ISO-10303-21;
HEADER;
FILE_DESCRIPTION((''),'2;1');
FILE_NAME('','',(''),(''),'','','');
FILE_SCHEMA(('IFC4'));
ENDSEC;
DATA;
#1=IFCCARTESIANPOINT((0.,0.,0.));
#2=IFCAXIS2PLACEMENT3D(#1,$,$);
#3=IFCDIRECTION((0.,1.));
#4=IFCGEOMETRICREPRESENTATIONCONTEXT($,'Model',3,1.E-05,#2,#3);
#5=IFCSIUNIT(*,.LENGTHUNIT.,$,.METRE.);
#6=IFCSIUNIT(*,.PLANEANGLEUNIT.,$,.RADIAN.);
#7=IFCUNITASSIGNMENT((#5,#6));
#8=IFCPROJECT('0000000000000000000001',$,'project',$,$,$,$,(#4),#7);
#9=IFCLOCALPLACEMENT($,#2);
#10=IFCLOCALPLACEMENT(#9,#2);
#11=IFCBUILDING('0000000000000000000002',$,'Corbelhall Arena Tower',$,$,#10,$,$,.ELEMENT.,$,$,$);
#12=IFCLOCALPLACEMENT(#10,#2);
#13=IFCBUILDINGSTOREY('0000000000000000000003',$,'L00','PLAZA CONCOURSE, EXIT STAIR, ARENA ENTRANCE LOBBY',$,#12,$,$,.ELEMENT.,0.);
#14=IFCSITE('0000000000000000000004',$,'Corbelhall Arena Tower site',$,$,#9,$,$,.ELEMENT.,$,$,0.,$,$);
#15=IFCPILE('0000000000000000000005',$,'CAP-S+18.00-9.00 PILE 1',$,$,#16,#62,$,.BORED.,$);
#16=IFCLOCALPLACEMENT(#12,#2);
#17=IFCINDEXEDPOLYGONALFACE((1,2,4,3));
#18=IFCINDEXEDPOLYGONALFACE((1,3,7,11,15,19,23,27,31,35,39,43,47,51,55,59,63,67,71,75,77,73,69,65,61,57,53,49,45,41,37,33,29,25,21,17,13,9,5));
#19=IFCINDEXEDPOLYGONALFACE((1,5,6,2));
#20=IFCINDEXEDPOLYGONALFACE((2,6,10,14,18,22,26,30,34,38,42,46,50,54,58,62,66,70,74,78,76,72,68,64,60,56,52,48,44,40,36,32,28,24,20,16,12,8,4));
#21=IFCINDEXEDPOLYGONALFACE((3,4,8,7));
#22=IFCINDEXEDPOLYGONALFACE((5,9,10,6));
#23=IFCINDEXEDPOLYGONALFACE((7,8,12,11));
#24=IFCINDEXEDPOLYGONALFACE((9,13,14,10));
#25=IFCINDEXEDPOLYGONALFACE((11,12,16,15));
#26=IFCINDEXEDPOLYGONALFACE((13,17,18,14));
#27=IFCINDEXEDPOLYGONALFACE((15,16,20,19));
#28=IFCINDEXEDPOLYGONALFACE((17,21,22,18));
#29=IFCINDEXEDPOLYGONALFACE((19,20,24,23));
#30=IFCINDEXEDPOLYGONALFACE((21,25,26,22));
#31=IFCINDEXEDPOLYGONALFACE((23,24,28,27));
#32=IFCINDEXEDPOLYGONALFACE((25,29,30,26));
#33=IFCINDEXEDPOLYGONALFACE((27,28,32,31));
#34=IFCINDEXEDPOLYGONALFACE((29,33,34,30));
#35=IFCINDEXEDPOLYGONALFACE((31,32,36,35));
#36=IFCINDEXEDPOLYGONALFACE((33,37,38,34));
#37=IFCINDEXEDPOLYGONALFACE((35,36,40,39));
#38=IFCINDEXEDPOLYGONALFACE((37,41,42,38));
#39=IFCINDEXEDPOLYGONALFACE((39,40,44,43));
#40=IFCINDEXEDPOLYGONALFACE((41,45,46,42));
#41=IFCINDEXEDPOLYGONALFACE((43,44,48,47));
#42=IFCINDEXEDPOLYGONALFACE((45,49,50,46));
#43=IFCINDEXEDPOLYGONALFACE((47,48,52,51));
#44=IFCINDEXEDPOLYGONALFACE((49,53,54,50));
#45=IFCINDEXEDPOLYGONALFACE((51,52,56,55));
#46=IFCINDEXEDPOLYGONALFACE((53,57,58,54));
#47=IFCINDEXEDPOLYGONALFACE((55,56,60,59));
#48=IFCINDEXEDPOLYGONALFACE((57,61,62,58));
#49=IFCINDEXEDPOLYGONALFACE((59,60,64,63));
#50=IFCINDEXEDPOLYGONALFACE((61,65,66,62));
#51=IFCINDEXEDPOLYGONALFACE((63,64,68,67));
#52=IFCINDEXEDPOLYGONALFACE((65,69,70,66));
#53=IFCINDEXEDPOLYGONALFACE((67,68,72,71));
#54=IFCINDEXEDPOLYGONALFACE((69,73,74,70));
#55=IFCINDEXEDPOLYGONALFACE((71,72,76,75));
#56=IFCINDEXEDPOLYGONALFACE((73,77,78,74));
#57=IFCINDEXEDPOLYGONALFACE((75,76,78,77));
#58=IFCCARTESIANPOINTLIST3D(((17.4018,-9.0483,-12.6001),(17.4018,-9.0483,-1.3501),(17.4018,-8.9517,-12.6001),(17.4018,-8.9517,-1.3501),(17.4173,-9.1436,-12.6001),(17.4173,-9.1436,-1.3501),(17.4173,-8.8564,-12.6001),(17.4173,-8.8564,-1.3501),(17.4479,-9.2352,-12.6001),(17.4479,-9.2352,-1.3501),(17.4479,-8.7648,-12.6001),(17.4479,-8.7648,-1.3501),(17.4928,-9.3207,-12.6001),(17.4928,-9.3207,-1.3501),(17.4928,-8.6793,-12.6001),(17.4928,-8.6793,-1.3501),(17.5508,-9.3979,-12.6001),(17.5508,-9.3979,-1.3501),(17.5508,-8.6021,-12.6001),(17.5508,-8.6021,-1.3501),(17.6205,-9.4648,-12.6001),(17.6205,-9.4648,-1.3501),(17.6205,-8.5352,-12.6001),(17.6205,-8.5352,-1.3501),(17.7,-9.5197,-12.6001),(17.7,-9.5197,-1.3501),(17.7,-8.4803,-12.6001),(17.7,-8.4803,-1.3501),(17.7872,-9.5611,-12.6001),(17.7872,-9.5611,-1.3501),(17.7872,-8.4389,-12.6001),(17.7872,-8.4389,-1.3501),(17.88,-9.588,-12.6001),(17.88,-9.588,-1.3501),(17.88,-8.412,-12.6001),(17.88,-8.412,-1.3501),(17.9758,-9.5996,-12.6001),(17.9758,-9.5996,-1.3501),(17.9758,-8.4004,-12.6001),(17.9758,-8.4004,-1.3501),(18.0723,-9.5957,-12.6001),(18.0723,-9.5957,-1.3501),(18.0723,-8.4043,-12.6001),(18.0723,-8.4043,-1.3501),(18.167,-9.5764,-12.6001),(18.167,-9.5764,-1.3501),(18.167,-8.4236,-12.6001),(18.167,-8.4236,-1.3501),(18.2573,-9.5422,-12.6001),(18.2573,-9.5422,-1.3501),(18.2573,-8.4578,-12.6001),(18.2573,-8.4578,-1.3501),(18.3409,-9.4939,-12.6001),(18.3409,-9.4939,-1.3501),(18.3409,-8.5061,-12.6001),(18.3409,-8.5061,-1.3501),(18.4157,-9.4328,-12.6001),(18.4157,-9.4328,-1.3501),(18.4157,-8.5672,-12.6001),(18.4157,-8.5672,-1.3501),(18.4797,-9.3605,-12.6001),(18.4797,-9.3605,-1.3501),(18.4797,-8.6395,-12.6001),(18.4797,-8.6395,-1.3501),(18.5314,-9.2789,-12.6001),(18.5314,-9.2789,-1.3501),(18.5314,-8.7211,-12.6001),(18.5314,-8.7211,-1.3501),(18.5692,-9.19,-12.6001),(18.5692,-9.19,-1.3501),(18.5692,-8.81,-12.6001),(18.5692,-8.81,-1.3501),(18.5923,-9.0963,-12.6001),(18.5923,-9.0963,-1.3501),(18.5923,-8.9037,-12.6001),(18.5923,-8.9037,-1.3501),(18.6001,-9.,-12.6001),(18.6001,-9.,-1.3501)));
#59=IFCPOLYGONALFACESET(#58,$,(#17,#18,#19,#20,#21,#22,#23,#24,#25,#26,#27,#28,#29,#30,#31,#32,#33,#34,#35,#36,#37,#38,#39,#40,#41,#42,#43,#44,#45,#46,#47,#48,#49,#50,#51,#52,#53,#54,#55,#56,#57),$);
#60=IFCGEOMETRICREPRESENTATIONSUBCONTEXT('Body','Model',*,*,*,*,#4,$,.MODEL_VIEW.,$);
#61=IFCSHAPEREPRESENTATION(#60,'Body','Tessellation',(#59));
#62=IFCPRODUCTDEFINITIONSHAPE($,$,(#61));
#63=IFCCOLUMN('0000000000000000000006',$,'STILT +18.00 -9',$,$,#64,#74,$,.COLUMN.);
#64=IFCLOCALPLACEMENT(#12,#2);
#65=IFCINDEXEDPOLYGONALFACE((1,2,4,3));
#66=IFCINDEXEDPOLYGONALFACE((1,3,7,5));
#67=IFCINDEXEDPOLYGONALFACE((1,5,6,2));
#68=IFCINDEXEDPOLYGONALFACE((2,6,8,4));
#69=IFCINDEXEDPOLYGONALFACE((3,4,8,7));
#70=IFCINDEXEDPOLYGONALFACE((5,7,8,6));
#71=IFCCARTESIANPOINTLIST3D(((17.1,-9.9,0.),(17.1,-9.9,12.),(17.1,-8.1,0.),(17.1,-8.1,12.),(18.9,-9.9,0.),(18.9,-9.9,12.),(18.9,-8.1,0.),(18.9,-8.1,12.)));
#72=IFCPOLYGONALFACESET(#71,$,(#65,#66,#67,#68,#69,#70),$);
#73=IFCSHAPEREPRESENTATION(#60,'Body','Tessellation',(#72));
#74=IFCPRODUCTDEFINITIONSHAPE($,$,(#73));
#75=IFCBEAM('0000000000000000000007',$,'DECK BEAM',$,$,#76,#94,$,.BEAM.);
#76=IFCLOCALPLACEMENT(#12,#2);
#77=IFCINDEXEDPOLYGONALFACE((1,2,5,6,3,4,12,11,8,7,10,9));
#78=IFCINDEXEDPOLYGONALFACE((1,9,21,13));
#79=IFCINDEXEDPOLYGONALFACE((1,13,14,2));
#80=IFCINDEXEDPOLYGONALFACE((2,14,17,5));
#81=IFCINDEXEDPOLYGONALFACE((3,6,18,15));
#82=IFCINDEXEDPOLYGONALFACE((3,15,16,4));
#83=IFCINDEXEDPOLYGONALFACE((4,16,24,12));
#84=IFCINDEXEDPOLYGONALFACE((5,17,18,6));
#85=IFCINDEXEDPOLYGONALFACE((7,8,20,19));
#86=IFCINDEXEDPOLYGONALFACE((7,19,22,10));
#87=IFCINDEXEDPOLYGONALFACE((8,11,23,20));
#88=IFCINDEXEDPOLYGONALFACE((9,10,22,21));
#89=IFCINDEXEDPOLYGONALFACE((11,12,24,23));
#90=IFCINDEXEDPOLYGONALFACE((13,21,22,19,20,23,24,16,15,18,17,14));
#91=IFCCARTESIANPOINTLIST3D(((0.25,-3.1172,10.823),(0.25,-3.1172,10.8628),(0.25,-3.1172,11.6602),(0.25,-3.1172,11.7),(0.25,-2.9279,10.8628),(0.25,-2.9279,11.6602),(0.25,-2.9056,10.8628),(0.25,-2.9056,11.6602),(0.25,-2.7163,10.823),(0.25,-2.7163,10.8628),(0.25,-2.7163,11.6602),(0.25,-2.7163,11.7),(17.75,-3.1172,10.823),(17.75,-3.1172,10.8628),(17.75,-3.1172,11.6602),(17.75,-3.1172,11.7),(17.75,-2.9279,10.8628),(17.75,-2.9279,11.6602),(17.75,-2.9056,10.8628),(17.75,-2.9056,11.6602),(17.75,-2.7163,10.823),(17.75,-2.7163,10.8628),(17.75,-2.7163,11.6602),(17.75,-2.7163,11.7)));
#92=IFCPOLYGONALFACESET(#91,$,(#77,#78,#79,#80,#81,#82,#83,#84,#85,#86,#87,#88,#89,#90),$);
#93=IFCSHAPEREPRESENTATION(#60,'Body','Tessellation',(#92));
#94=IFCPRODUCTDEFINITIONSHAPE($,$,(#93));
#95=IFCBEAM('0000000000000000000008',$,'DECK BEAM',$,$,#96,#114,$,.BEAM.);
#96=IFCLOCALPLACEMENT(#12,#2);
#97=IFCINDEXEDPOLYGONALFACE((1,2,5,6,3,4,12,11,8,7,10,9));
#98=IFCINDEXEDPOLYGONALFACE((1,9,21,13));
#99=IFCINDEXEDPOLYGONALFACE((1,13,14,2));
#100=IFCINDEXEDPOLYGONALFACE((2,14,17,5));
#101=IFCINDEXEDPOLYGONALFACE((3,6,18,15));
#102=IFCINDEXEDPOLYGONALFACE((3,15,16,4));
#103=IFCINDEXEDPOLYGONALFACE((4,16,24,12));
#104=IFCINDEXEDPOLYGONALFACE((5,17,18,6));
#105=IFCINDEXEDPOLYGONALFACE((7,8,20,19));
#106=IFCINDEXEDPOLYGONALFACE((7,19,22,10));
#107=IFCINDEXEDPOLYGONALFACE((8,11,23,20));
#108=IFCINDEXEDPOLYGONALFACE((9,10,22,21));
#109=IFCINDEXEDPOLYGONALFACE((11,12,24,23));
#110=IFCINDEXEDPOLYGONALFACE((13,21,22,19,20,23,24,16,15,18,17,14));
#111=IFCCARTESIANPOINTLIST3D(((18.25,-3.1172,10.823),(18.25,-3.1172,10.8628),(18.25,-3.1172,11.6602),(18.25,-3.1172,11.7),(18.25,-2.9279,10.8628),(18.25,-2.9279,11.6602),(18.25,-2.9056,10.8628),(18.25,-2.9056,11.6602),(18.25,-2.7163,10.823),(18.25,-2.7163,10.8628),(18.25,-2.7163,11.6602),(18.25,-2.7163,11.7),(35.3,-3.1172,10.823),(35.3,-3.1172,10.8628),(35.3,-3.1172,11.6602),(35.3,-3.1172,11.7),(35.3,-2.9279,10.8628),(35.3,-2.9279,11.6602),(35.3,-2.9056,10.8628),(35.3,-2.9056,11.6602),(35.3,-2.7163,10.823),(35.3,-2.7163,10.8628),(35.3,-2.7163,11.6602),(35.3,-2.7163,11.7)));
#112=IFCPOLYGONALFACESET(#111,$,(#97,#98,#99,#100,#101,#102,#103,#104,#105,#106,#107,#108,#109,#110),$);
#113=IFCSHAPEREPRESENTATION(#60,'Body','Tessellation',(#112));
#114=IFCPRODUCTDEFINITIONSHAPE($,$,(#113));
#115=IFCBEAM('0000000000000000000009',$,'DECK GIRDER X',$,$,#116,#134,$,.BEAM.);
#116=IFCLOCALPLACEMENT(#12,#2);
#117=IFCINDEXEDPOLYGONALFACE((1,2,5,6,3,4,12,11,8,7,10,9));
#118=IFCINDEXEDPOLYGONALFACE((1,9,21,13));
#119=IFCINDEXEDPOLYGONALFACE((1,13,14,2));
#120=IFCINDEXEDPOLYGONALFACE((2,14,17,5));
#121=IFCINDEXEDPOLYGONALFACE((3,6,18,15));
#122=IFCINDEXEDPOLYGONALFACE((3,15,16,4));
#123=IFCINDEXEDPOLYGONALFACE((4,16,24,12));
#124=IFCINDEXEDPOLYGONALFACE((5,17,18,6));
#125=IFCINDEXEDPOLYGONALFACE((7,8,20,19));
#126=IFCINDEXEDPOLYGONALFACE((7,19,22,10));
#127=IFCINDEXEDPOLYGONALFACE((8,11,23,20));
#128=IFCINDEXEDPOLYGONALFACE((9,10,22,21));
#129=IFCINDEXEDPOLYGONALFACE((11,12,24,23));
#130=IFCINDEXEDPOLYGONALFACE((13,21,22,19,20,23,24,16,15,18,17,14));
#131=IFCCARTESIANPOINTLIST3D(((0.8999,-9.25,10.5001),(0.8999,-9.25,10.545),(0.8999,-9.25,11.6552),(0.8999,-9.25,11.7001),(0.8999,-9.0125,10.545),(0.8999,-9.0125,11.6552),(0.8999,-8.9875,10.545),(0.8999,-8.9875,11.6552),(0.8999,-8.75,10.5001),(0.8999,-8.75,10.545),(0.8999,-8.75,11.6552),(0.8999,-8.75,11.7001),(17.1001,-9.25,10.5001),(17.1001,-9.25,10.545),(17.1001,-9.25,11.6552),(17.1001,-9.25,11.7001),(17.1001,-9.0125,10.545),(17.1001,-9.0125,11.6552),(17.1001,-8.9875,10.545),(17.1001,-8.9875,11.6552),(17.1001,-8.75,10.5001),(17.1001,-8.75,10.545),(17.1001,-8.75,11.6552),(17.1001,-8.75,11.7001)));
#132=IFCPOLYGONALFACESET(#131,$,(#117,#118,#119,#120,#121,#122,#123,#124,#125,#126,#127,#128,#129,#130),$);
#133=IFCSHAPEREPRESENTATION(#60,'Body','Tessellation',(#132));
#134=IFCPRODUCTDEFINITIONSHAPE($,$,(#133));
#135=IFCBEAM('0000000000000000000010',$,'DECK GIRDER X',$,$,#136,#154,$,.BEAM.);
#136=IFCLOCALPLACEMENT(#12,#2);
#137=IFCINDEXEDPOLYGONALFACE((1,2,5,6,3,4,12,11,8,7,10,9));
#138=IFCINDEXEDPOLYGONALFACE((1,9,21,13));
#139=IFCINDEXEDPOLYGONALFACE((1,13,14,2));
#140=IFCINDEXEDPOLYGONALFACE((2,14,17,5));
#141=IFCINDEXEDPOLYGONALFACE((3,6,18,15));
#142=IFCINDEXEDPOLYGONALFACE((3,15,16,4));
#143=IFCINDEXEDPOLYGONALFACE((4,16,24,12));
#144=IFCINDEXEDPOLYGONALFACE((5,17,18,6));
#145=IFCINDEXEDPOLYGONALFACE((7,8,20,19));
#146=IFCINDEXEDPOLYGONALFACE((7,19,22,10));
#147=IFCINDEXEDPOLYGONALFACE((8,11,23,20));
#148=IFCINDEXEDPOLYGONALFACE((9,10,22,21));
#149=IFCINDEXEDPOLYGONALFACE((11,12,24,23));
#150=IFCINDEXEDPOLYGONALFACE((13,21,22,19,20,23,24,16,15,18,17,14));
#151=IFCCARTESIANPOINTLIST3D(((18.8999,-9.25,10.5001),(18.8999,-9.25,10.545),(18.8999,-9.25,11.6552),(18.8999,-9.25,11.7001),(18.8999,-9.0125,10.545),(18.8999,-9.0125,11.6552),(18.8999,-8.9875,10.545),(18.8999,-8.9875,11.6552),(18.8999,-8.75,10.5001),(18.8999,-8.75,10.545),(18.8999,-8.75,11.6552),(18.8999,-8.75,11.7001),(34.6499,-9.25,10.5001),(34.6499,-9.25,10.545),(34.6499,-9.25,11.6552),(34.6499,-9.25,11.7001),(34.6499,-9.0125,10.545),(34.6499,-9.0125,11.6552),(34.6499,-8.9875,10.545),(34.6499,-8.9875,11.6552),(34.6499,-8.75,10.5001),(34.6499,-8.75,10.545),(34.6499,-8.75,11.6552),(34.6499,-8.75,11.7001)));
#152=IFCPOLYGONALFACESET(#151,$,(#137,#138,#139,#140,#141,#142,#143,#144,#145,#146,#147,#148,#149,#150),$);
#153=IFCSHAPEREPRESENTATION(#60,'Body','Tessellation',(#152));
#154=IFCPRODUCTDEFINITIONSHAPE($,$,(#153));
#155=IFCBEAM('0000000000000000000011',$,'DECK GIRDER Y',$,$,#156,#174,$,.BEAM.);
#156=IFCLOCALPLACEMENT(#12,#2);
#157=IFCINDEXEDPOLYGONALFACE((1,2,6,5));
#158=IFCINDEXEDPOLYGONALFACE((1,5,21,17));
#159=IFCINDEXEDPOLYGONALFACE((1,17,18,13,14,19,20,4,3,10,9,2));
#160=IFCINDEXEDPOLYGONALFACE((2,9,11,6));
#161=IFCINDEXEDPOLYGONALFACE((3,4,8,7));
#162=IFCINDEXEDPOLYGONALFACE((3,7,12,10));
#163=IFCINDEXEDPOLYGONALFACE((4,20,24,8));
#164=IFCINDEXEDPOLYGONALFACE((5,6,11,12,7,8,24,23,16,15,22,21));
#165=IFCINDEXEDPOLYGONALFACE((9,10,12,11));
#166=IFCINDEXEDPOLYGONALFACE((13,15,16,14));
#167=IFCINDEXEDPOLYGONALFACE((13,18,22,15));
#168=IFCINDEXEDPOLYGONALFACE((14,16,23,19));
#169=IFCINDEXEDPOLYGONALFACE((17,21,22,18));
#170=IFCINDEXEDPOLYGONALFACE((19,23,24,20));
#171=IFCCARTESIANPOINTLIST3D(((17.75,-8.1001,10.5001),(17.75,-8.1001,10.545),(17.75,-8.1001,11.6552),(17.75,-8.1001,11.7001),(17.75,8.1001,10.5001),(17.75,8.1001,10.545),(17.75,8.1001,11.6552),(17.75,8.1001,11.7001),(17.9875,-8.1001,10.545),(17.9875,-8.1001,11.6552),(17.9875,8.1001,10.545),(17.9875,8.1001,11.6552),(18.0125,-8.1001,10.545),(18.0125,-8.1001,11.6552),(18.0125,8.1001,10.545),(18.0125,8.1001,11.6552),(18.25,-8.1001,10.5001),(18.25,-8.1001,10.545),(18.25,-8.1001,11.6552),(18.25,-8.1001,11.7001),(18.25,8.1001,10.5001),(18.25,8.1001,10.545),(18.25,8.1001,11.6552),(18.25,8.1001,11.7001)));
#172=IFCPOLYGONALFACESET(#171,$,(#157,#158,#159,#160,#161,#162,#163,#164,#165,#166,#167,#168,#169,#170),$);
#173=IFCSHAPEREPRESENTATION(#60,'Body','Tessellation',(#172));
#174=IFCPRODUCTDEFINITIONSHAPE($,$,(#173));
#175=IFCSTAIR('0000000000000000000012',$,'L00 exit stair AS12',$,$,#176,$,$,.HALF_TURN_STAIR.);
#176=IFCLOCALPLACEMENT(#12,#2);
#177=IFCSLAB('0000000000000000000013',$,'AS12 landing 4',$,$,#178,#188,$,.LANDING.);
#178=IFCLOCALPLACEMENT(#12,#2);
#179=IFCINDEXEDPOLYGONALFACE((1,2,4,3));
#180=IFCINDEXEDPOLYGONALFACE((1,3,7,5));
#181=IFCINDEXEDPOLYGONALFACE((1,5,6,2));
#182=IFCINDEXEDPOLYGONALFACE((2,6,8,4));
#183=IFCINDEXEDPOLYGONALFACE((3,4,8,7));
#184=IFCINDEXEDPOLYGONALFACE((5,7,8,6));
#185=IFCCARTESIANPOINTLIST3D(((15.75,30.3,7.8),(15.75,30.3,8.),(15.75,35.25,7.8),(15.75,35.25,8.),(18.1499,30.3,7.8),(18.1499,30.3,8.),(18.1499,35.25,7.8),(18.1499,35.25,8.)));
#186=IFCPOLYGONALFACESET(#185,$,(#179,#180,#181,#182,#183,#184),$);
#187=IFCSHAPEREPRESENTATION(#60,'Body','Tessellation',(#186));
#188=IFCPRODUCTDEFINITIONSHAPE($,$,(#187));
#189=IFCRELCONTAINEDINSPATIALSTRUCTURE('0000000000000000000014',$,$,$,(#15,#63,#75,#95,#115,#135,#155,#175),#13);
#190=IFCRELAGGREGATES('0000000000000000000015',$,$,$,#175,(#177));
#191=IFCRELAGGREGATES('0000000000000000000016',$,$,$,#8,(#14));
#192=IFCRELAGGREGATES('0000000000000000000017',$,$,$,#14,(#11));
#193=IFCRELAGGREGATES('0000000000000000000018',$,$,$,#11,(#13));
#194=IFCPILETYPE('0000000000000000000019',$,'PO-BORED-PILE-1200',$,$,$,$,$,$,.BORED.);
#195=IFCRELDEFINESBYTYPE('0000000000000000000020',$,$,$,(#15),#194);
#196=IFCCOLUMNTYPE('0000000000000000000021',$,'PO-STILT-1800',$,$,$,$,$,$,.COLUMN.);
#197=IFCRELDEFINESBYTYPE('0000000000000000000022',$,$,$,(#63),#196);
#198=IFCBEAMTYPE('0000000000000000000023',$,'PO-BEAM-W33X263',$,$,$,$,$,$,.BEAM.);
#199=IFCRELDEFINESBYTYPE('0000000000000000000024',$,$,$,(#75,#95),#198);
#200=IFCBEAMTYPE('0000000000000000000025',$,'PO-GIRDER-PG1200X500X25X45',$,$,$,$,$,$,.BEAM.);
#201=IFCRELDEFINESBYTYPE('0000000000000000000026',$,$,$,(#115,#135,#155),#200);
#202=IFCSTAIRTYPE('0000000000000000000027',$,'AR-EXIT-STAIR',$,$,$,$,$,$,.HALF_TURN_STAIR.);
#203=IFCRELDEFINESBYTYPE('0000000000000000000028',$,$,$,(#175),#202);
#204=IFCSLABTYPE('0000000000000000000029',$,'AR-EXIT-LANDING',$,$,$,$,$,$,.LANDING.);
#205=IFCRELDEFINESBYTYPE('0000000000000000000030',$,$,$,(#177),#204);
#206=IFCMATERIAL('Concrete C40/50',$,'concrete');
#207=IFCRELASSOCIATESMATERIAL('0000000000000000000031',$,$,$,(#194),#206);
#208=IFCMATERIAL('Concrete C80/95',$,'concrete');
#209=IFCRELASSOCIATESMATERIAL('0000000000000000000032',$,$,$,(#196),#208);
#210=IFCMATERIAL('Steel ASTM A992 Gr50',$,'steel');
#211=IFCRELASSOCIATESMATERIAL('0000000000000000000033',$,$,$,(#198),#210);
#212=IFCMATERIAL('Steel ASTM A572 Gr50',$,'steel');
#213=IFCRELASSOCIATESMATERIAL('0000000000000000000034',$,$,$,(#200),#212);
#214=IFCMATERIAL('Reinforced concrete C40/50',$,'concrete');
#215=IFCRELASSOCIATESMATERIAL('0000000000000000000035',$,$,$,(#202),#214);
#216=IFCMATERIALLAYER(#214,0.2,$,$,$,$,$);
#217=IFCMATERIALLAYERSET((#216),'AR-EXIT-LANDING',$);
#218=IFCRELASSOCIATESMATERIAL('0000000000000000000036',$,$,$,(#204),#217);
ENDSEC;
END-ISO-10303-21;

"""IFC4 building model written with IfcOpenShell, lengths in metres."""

from ifc_helpers import new_model, si_unit, direction, frame, origin, origin_2d, place, context, subcontext, project, spatial, polyline, rectangle, circle, i_section, outline, extrude, material, layer, layer_set, material_profile, profile_set, type_object, element, aggregate, save


model = new_model("IFC4")

# Units and contexts
model_context = context("Model", 3, precision=1e-05, world=origin(), true_north=direction((0.0, 1.0)))
body_context = subcontext(model_context, "Body", "Model", "MODEL_VIEW")
ifc_project = project(units=[si_unit("LENGTHUNIT", "METRE"), si_unit("PLANEANGLEUNIT", "RADIAN")], contexts=[model_context])

# Site, building, storey
site_placement = place(None, origin())
site = spatial("IfcSite", under=ifc_project, at=site_placement, Name="Corbelhall Arena Tower site", CompositionType="ELEMENT", RefElevation=0.0)
building_placement = place(site_placement, origin())
building = spatial("IfcBuilding", under=site, at=building_placement, Name="Corbelhall Arena Tower", CompositionType="ELEMENT")
storey_placement = place(building_placement, origin())
storey = spatial("IfcBuildingStorey", under=building, at=storey_placement, Name="L00", Description="PLAZA CONCOURSE, EXIT STAIR, ARENA ENTRANCE LOBBY", CompositionType="ELEMENT", Elevation=0.0)

# Pile
ifc_material_1 = material(Name="Concrete C40/50", Category="concrete")
ifc_material_profile_1 = material_profile(ifc_material_1, circle(Radius=0.6001, at=origin_2d()))
ifc_profile_set_1 = profile_set([ifc_material_profile_1], Name="Concrete C40/50")
pile_type = type_object("IfcPileType", Name="PO-BORED-PILE-1200", PredefinedType="BORED", material=ifc_profile_set_1)
pile_placement = place(storey_placement, frame((18.0, -9.0, -1.3501), z_axis=(0.0, 0.0, -1.0), x_axis=(1.0, 0.0, 0.0)))
element("IfcPile", 1, at=pile_placement, inside=storey, type_object=pile_type, Name="CAP-S+18.00-9.00 PILE 1", PredefinedType="BORED", context=body_context, shape_type="SweptSolid", body=[
    extrude(circle(Radius=0.6001, at=origin_2d()), origin(), (0.0, 0.0, 1.0), 11.25),
])

# Column
ifc_material_2 = material(Name="Concrete C80/95", Category="concrete")
ifc_material_profile_2 = material_profile(ifc_material_2, rectangle(XDim=1.8, YDim=1.8, at=origin_2d()))
ifc_profile_set_2 = profile_set([ifc_material_profile_2], Name="Concrete C80/95")
column_type = type_object("IfcColumnType", Name="PO-STILT-1800", PredefinedType="COLUMN", material=ifc_profile_set_2)
column_placement = place(storey_placement, frame((18.0, -9.0, 0.0), z_axis=(0.0, 0.0, 1.0), x_axis=(1.0, 0.0, 0.0)))
element("IfcColumn", 2, at=column_placement, inside=storey, type_object=column_type, Name="STILT +18.00 -9", PredefinedType="COLUMN", context=body_context, shape_type="SweptSolid", body=[
    extrude(rectangle(XDim=1.8, YDim=1.8, at=origin_2d()), origin(), (0.0, 0.0, 1.0), 12.0),
])

# Beams
ifc_material_3 = material(Name="Steel ASTM A992 Gr50", Category="steel")
ifc_material_profile_3 = material_profile(ifc_material_3, i_section(OverallWidth=0.4009, OverallDepth=0.877, WebThickness=0.0222, FlangeThickness=0.0398, at=origin_2d()))
ifc_profile_set_3 = profile_set([ifc_material_profile_3], Name="Steel ASTM A992 Gr50")
beam_type_1 = type_object("IfcBeamType", Name="PO-BEAM-W33X263", PredefinedType="BEAM", material=ifc_profile_set_3)
beam_1_placement = place(storey_placement, frame((0.25, -2.9167, 11.2615), z_axis=(1.0, 0.0, 0.0), x_axis=(0.0, 1.0, 0.0)))
element("IfcBeam", 3, at=beam_1_placement, inside=storey, type_object=beam_type_1, Name="DECK BEAM", PredefinedType="BEAM", context=body_context, shape_type="SweptSolid", body=[
    extrude(i_section(OverallWidth=0.4009, OverallDepth=0.877, WebThickness=0.0222, FlangeThickness=0.0398, at=origin_2d()), origin(), (0.0, 0.0, 1.0), 17.5),
])
beam_2_placement = place(storey_placement, frame((18.25, -2.9167, 11.2615), z_axis=(1.0, 0.0, 0.0), x_axis=(0.0, 1.0, 0.0)))
element("IfcBeam", 4, at=beam_2_placement, inside=storey, type_object=beam_type_1, Name="DECK BEAM", PredefinedType="BEAM", context=body_context, shape_type="SweptSolid", body=[
    extrude(i_section(OverallWidth=0.4009, OverallDepth=0.877, WebThickness=0.0222, FlangeThickness=0.0398, at=origin_2d()), origin(), (0.0, 0.0, 1.0), 17.05),
])
ifc_material_4 = material(Name="Steel ASTM A572 Gr50", Category="steel")
ifc_material_profile_4 = material_profile(ifc_material_4, i_section(OverallWidth=0.5, OverallDepth=1.2, WebThickness=0.0249, FlangeThickness=0.0449, at=origin_2d()))
ifc_profile_set_4 = profile_set([ifc_material_profile_4], Name="Steel ASTM A572 Gr50")
beam_type_2 = type_object("IfcBeamType", Name="PO-GIRDER-PG1200X500X25X45", PredefinedType="BEAM", material=ifc_profile_set_4)
beam_3_placement = place(storey_placement, frame((0.8999, -9.0, 11.1001), z_axis=(1.0, 0.0, 0.0), x_axis=(0.0, 1.0, 0.0)))
element("IfcBeam", 5, at=beam_3_placement, inside=storey, type_object=beam_type_2, Name="DECK GIRDER X", PredefinedType="BEAM", context=body_context, shape_type="SweptSolid", body=[
    extrude(i_section(OverallWidth=0.5, OverallDepth=1.2, WebThickness=0.0249, FlangeThickness=0.0449, at=origin_2d()), origin(), (0.0, 0.0, 1.0), 16.2002),
])
beam_4_placement = place(storey_placement, frame((18.8999, -9.0, 11.1001), z_axis=(1.0, 0.0, 0.0), x_axis=(0.0, 1.0, 0.0)))
element("IfcBeam", 6, at=beam_4_placement, inside=storey, type_object=beam_type_2, Name="DECK GIRDER X", PredefinedType="BEAM", context=body_context, shape_type="SweptSolid", body=[
    extrude(i_section(OverallWidth=0.5, OverallDepth=1.2, WebThickness=0.0249, FlangeThickness=0.0449, at=origin_2d()), origin(), (0.0, 0.0, 1.0), 15.75),
])
beam_5_placement = place(storey_placement, frame((18.0, -8.1001, 11.1001), z_axis=(0.0, 1.0, 0.0), x_axis=(-1.0, 0.0, 0.0)))
element("IfcBeam", 7, at=beam_5_placement, inside=storey, type_object=beam_type_2, Name="DECK GIRDER Y", PredefinedType="BEAM", context=body_context, shape_type="SweptSolid", body=[
    extrude(i_section(OverallWidth=0.5, OverallDepth=1.2, WebThickness=0.0249, FlangeThickness=0.0449, at=origin_2d()), origin(), (0.0, 0.0, 1.0), 16.2002),
])

# Stair, slab
ifc_material_5 = material(Name="Reinforced concrete C40/50", Category="concrete")
stair_type = type_object("IfcStairType", Name="AR-EXIT-STAIR", PredefinedType="HALF_TURN_STAIR", material=ifc_material_5)
stair_1_placement = place(storey_placement, origin())
stair_1 = element("IfcStair", 8, at=stair_1_placement, inside=storey, type_object=stair_type, Name="L00 exit stair AS12", PredefinedType="HALF_TURN_STAIR")
ifc_layer = layer(ifc_material_5, 0.2)
ifc_layer_set = layer_set([ifc_layer], Name="AR-EXIT-LANDING")
slab_type = type_object("IfcSlabType", Name="AR-EXIT-LANDING", PredefinedType="LANDING", material=ifc_layer_set)
slab_1_placement = place(storey_placement, frame((0.0, 0.0, 7.8)))
slab_1 = element("IfcSlab", 9, at=slab_1_placement, type_object=slab_type, Name="AS12 landing 4", PredefinedType="LANDING", context=body_context, shape_type="SweptSolid", body=[
    extrude(outline(polyline([(15.75, 30.3), (18.1499, 30.3), (18.1499, 35.25), (15.75, 35.25), (15.75, 30.3)])), origin(), (0.0, 0.0, 1.0), 0.2),
])
aggregate(stair_1, [slab_1])

save(model, "model.ifc")
